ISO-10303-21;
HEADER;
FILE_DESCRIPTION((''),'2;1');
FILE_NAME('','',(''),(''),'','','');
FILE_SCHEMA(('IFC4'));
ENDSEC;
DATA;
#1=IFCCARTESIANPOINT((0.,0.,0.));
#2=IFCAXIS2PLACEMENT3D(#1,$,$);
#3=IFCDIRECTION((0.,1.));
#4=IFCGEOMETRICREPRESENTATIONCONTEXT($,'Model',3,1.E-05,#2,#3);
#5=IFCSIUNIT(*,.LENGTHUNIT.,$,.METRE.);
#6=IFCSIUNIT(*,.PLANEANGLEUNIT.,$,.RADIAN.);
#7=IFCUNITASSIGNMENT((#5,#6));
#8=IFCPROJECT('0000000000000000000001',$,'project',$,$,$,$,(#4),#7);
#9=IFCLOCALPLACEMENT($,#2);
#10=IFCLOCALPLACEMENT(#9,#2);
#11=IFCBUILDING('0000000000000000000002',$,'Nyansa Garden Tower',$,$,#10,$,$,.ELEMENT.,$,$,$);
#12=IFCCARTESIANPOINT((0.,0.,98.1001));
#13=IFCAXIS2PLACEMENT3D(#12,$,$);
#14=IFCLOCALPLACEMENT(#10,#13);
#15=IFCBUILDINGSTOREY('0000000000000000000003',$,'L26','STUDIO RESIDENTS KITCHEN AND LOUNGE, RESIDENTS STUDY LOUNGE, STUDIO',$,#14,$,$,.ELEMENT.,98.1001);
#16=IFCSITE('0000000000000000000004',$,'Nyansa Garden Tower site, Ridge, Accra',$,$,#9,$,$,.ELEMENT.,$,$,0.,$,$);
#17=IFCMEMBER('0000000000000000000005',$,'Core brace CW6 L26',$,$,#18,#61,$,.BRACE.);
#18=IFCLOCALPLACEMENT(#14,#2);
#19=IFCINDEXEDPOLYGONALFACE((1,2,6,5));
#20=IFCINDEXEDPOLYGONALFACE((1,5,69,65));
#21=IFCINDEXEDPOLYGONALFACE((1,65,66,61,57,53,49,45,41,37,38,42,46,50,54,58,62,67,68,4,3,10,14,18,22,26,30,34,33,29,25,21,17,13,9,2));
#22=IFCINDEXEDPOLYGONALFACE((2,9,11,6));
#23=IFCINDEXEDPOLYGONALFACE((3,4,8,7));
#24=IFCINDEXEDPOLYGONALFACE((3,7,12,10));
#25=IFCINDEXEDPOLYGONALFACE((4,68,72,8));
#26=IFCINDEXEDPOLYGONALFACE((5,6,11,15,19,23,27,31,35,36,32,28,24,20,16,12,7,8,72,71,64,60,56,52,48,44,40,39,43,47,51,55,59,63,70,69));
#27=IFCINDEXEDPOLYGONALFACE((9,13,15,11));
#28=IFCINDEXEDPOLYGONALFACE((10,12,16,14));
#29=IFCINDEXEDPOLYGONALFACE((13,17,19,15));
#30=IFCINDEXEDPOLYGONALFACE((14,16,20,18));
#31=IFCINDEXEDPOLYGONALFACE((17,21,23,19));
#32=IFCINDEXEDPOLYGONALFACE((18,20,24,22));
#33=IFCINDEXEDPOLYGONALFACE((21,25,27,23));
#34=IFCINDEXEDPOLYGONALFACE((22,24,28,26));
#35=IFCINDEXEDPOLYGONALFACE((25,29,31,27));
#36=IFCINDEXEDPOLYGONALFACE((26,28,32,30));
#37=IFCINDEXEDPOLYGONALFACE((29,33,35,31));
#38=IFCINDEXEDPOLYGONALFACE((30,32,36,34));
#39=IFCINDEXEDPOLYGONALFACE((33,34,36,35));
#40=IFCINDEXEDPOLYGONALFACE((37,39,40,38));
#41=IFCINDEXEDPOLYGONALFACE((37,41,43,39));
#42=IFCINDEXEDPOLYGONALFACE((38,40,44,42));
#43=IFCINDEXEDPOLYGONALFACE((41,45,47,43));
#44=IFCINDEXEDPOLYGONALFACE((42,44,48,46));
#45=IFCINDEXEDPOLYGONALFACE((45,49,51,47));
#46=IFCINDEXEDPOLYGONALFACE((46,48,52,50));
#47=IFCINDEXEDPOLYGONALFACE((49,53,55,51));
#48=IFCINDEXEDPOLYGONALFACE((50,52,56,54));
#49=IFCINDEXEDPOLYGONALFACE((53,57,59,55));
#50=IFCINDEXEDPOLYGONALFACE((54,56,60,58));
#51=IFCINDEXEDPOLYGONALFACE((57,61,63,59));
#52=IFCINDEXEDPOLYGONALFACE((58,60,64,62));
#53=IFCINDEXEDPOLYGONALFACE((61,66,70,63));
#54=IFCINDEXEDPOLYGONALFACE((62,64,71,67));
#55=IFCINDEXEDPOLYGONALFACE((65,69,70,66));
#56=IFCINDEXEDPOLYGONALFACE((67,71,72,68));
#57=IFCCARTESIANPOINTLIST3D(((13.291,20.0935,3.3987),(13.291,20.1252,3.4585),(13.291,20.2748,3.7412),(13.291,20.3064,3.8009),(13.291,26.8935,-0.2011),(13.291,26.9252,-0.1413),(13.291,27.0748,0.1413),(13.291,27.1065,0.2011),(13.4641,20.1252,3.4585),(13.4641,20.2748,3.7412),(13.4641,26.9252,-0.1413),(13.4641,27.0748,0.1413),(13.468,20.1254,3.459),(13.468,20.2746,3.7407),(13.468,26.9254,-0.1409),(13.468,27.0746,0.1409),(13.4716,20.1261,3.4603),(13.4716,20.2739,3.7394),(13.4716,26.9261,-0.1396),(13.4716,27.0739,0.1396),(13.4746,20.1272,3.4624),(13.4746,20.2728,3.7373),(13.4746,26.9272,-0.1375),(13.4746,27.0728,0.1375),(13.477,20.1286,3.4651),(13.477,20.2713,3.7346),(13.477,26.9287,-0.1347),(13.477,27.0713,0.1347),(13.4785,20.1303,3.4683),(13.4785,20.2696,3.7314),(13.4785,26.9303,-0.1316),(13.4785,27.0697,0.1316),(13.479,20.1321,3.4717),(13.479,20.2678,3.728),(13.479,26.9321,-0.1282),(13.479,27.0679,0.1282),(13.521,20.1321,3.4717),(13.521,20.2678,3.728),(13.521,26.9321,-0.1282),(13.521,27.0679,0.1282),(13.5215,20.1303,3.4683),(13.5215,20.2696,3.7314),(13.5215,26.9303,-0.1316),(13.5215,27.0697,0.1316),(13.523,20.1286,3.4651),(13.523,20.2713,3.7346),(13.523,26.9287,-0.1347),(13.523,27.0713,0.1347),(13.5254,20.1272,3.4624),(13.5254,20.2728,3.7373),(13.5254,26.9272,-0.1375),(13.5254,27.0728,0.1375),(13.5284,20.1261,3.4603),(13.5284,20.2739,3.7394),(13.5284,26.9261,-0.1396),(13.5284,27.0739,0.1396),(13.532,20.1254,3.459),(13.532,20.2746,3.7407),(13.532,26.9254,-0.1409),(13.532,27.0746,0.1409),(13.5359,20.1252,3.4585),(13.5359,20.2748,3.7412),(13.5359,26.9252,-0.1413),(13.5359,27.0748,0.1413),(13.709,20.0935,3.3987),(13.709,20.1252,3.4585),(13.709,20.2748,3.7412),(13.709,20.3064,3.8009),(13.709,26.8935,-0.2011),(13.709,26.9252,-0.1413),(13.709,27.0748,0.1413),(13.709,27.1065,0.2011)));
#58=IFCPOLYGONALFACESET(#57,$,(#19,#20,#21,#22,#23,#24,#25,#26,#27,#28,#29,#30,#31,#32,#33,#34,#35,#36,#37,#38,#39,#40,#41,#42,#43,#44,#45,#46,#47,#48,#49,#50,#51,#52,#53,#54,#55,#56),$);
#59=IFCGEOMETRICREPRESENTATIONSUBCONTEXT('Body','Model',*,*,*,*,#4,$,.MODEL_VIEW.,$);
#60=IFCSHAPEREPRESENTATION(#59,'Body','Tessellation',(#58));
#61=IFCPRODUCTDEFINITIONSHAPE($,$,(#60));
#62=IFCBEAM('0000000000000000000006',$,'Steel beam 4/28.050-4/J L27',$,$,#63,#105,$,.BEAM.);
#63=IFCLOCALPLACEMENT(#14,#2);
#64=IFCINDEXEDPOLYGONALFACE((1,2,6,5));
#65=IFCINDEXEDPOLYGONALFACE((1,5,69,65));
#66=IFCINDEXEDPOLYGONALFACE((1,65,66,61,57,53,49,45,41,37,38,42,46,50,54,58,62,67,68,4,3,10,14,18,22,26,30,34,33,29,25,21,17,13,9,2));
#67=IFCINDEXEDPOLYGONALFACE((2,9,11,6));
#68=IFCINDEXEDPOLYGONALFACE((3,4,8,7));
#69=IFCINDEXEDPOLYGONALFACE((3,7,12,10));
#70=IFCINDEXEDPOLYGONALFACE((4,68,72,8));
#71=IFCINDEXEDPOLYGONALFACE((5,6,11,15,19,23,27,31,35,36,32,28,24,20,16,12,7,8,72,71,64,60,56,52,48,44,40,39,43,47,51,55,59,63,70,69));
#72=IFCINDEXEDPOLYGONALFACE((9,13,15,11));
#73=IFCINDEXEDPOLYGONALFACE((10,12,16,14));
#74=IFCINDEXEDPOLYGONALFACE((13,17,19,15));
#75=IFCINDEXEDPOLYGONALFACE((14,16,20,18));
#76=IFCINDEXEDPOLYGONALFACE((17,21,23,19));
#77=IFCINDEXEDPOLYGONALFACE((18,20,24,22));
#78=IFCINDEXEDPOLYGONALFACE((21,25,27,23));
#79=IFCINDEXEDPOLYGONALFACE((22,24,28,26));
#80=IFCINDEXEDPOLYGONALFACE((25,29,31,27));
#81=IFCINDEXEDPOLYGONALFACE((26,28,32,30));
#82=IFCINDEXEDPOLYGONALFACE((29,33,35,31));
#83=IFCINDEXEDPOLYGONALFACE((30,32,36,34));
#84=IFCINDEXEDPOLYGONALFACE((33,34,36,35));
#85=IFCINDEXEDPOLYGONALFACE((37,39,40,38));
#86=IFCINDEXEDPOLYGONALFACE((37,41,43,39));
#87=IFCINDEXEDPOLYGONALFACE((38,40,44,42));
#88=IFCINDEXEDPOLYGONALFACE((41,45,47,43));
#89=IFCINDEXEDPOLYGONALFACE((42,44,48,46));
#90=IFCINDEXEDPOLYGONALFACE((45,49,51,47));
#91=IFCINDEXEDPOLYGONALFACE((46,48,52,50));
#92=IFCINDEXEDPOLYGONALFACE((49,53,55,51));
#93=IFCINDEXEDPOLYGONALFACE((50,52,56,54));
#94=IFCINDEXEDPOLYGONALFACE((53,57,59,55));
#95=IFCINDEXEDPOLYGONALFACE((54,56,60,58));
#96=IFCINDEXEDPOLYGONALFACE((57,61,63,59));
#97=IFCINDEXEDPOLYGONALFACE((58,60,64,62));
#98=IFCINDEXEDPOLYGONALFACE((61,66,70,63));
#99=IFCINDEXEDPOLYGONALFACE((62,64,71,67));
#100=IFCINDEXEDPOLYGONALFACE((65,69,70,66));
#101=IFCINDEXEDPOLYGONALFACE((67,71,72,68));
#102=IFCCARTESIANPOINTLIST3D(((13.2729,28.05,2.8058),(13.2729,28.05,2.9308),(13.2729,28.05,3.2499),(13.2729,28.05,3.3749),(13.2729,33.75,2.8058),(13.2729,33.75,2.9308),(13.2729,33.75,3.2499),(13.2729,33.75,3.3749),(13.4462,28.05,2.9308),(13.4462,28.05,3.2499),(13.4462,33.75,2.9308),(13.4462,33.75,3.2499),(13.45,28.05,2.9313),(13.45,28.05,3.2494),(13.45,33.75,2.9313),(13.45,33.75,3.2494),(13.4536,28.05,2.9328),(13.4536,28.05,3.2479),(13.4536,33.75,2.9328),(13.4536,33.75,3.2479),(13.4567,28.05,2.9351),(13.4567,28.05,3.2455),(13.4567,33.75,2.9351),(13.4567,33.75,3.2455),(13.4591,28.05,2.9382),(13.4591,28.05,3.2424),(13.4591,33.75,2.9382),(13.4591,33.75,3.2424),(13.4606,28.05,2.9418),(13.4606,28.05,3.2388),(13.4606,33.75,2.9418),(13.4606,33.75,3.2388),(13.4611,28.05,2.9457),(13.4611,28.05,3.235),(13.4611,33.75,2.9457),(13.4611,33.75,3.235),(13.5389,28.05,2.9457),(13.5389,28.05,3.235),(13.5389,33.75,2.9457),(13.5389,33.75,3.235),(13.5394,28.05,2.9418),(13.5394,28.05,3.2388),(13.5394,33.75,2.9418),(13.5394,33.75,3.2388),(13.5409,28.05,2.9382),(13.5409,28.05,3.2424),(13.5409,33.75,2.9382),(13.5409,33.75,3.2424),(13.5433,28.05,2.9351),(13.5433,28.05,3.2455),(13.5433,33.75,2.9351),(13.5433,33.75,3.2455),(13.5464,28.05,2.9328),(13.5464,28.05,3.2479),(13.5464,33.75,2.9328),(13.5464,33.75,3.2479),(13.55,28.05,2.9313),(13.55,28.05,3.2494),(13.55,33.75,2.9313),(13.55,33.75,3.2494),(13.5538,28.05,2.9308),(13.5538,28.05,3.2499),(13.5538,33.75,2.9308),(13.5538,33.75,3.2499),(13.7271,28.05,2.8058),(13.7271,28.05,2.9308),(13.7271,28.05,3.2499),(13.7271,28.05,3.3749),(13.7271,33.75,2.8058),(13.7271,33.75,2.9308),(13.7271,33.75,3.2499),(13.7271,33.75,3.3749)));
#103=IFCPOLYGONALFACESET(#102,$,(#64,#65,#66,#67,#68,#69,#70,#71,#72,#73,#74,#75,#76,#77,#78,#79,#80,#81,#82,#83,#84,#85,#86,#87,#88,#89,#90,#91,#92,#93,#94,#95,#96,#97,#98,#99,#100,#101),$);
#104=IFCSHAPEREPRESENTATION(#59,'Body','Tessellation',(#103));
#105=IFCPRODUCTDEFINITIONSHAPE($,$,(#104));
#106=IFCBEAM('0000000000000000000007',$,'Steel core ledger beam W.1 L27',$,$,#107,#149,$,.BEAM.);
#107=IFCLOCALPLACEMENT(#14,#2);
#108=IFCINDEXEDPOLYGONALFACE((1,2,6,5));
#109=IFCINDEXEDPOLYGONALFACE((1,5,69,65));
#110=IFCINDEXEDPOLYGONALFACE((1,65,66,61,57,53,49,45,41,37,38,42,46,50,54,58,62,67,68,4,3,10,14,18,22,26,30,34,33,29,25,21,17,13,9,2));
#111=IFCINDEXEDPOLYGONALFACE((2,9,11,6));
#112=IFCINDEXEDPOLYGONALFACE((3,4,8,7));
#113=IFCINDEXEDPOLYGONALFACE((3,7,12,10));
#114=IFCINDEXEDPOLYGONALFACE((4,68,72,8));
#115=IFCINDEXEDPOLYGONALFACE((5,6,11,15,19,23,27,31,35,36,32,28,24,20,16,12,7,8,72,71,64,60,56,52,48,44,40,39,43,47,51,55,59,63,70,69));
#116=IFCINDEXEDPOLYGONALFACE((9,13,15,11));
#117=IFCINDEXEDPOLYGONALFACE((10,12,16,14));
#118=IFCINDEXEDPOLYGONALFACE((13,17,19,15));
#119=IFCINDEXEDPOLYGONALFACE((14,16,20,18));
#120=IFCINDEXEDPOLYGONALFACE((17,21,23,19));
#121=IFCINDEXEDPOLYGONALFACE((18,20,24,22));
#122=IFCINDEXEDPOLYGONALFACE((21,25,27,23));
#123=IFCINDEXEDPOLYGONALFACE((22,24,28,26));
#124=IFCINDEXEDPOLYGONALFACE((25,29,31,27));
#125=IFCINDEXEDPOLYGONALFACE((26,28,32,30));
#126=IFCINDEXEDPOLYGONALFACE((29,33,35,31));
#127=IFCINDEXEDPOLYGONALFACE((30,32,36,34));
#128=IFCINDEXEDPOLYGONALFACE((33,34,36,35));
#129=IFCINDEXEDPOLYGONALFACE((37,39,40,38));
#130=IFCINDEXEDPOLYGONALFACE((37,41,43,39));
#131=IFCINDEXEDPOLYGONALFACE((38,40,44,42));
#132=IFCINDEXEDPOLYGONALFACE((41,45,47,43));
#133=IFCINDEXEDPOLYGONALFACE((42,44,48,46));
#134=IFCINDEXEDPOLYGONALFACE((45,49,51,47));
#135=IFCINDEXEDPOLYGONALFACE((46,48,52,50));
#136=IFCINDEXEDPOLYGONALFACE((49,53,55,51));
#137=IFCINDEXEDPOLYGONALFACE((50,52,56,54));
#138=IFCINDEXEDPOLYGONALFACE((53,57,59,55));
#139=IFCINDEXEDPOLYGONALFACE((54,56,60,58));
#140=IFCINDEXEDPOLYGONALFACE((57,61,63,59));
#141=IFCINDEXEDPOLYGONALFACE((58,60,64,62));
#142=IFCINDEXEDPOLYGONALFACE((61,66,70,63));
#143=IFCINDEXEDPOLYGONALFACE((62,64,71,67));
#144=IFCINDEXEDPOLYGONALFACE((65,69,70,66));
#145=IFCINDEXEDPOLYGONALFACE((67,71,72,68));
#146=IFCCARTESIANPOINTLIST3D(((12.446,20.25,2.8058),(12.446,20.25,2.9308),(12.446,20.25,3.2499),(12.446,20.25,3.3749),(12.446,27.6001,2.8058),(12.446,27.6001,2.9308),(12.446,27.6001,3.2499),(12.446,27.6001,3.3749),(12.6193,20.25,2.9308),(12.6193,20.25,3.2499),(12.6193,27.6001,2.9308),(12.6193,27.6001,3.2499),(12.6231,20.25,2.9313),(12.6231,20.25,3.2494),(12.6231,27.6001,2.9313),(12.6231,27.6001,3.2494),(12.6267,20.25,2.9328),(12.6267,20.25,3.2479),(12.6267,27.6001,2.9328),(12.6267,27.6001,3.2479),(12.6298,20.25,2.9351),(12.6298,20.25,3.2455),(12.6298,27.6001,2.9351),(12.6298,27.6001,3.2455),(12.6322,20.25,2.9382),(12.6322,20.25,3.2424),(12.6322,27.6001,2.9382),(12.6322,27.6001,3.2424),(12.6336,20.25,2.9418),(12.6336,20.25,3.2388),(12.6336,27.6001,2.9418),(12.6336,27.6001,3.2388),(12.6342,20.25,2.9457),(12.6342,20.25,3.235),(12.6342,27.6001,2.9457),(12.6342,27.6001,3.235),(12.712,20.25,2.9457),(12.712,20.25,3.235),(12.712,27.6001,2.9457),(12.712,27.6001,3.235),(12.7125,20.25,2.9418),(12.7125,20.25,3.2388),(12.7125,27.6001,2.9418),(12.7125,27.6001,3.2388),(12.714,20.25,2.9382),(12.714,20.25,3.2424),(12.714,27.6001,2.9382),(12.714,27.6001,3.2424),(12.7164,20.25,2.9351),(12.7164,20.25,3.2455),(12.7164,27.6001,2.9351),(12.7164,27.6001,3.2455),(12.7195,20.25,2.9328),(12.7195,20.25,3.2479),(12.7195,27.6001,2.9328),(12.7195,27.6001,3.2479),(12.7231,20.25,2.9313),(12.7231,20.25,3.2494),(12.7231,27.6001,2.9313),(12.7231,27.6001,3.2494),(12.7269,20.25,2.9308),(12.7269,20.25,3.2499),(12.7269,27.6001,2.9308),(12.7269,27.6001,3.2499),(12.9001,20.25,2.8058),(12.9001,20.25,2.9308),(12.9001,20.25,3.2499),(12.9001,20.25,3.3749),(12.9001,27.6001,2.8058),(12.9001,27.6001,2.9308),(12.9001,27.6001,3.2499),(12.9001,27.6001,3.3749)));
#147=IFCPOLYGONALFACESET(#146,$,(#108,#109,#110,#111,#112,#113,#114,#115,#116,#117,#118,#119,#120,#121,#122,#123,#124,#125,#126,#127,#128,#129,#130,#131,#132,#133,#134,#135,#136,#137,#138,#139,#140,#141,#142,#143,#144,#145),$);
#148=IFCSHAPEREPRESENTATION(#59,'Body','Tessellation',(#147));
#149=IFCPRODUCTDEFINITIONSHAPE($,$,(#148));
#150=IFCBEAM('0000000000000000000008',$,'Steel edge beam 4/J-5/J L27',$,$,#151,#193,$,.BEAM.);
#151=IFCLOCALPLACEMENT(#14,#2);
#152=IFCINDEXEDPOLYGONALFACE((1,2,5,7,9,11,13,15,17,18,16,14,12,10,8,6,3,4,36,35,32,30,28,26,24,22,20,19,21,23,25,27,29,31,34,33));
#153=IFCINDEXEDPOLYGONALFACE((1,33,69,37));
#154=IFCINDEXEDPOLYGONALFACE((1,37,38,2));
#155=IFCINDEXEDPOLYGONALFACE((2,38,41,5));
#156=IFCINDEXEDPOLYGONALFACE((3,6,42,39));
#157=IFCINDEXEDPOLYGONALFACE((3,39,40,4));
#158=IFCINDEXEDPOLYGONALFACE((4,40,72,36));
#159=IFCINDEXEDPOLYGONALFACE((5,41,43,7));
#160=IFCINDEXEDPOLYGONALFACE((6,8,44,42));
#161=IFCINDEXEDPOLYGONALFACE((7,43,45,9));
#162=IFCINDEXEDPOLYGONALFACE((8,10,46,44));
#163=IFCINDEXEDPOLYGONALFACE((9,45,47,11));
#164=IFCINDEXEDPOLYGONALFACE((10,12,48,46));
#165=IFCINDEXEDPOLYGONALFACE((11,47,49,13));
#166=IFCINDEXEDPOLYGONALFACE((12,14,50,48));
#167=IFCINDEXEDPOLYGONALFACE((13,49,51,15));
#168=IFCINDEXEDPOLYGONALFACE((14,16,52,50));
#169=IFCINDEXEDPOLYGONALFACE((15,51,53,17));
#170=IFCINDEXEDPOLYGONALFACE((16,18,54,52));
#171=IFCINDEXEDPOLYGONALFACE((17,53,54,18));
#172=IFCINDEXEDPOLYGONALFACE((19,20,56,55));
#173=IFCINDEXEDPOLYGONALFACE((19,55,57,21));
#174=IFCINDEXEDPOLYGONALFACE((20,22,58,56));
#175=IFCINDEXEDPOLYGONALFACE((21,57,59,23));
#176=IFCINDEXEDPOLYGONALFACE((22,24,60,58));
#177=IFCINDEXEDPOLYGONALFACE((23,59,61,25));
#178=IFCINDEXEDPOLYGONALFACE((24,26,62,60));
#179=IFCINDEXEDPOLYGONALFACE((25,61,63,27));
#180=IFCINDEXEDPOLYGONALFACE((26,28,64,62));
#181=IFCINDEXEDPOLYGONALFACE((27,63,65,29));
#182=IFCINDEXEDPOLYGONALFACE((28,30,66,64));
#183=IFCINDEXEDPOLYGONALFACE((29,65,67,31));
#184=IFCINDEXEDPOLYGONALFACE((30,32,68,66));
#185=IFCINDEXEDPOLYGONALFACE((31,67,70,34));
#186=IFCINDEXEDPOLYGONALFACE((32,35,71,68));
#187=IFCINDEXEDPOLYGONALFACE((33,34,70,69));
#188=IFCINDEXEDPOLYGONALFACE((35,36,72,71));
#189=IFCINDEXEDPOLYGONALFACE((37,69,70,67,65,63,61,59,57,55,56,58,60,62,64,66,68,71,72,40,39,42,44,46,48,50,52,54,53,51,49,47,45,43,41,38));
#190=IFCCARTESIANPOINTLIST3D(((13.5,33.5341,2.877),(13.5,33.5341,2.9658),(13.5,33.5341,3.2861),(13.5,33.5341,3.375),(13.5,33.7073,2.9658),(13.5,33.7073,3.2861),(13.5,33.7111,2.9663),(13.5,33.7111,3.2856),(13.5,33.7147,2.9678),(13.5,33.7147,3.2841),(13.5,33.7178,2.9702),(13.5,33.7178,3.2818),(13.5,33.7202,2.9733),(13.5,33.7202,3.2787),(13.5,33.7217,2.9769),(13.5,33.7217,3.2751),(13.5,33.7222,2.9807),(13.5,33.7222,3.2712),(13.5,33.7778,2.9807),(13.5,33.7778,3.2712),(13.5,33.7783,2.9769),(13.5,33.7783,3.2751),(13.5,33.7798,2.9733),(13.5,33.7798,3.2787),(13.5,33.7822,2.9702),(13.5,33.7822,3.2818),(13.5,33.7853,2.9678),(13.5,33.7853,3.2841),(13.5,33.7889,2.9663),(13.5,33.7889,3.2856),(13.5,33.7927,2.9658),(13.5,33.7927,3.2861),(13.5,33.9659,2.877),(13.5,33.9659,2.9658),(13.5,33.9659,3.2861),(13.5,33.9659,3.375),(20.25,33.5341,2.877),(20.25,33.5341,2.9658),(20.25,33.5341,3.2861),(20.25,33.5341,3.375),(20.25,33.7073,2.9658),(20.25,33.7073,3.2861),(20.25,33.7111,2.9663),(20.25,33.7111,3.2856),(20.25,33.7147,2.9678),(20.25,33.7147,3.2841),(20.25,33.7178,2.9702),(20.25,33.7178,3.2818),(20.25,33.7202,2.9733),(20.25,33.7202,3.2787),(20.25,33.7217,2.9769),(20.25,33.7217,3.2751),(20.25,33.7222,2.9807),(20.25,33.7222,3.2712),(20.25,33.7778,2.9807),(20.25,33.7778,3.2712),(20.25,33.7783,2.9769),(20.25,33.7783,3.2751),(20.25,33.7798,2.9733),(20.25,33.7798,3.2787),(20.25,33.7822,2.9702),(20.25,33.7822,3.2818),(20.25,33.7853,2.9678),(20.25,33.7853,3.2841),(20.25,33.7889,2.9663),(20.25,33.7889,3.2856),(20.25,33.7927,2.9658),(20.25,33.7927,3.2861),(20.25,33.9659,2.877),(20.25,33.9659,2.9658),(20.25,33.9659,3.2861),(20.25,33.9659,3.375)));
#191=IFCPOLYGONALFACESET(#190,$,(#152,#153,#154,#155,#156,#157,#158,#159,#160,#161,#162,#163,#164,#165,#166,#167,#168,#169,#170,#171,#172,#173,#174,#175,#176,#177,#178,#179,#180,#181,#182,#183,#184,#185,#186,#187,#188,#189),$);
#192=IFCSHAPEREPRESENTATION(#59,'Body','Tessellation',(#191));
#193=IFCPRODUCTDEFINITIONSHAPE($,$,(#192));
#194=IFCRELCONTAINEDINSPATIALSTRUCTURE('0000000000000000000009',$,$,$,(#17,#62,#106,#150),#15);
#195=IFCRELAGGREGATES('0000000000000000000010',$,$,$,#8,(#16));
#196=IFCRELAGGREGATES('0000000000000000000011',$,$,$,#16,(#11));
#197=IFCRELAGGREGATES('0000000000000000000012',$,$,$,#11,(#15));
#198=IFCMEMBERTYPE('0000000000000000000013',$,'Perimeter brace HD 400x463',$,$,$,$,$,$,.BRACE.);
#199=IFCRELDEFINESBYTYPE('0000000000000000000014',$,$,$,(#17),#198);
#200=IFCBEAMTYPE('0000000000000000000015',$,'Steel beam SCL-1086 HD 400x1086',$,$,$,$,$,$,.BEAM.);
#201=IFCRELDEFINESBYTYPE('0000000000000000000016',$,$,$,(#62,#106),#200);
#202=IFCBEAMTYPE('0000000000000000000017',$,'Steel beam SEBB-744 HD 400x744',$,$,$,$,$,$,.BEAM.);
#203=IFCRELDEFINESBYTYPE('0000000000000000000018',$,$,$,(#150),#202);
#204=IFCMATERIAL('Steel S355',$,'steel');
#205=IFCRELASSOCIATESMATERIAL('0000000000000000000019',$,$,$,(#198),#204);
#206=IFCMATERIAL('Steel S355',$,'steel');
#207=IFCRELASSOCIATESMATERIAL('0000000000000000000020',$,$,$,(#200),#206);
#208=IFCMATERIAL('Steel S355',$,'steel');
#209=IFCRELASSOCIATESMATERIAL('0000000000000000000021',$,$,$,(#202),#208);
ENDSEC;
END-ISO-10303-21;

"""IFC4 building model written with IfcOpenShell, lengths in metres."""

from ifc_helpers import new_model, si_unit, direction, frame, origin, origin_2d, place, context, subcontext, project, spatial, i_section, extrude, material, material_profile, profile_set, type_object, element, save


model = new_model("IFC4")

# Units and contexts
model_context = context("Model", 3, precision=1e-05, world=origin(), true_north=direction((0.0, 1.0)))
body_context = subcontext(model_context, "Body", "Model", "MODEL_VIEW")
ifc_project = project(units=[si_unit("LENGTHUNIT", "METRE"), si_unit("PLANEANGLEUNIT", "RADIAN")], contexts=[model_context])

# Site, building, storey
site_placement = place(None, origin())
site = spatial("IfcSite", under=ifc_project, at=site_placement, Name="Nyansa Garden Tower site, Ridge, Accra", CompositionType="ELEMENT", RefElevation=0.0)
building_placement = place(site_placement, origin())
building = spatial("IfcBuilding", under=site, at=building_placement, Name="Nyansa Garden Tower", CompositionType="ELEMENT")
storey_placement = place(building_placement, frame((0.0, 0.0, 98.1001)))
storey = spatial("IfcBuildingStorey", under=building, at=storey_placement, Name="L26", Description="STUDIO RESIDENTS KITCHEN AND LOUNGE, RESIDENTS STUDY LOUNGE, STUDIO", CompositionType="ELEMENT", Elevation=98.1001)

# Member
ifc_material_1 = material(Name="Steel S355", Category="steel")
ifc_material_profile_1 = material_profile(ifc_material_1, i_section(OverallWidth=0.418, OverallDepth=0.4551, WebThickness=0.042, FlangeThickness=0.0676, FilletRadius=0.0149, at=origin_2d()), Name="HD 400x463")
ifc_profile_set_1 = profile_set([ifc_material_profile_1], Name="Steel S355")
member_type_1 = type_object("IfcMemberType", Name="Perimeter brace HD 400x463", PredefinedType="BRACE", material=ifc_profile_set_1)
member_1_placement = place(storey_placement, frame((13.5, 27.0, 0.0), z_axis=(0.0, -0.883797, 0.46787), x_axis=(1.0, 0.0, 0.0)))
element("IfcMember", 1, at=member_1_placement, inside=storey, type_object=member_type_1, Name="Core brace CW6 L26", PredefinedType="BRACE", context=body_context, shape_type="SweptSolid", body=[
    extrude(i_section(OverallWidth=0.418, OverallDepth=0.4551, WebThickness=0.042, FlangeThickness=0.0676, FilletRadius=0.0149, at=origin_2d()), origin(), (0.0, 0.0, 1.0), 7.6941),
])

# Beams
ifc_material_2 = material(Name="Steel S355", Category="steel")
ifc_material_profile_2 = material_profile(ifc_material_2, i_section(OverallWidth=0.4541, OverallDepth=0.5691, WebThickness=0.0779, FlangeThickness=0.125, FilletRadius=0.0149, at=origin_2d()), Name="HD 400x1086")
ifc_profile_set_2 = profile_set([ifc_material_profile_2], Name="Steel S355")
beam_type_1 = type_object("IfcBeamType", Name="Steel beam SCL-1086 HD 400x1086", PredefinedType="BEAM", material=ifc_profile_set_2)
beam_1_placement = place(storey_placement, frame((13.5, 28.05, 3.0903), z_axis=(0.0, 1.0, 0.0), x_axis=(-1.0, 0.0, 0.0)))
element("IfcBeam", 2, at=beam_1_placement, inside=storey, type_object=beam_type_1, Name="Steel beam 4/28.050-4/J L27", PredefinedType="BEAM", context=body_context, shape_type="SweptSolid", body=[
    extrude(i_section(OverallWidth=0.4541, OverallDepth=0.5691, WebThickness=0.0779, FlangeThickness=0.125, FilletRadius=0.0149, at=origin_2d()), origin(), (0.0, 0.0, 1.0), 5.7),
])
beam_2_placement = place(storey_placement, frame((12.6731, 27.6001, 3.0903), z_axis=(0.0, -1.0, 0.0), x_axis=(1.0, 0.0, 0.0)))
element("IfcBeam", 3, at=beam_2_placement, inside=storey, type_object=beam_type_1, Name="Steel core ledger beam W.1 L27", PredefinedType="BEAM", context=body_context, shape_type="SweptSolid", body=[
    extrude(i_section(OverallWidth=0.4541, OverallDepth=0.5691, WebThickness=0.0779, FlangeThickness=0.125, FilletRadius=0.0149, at=origin_2d()), origin(), (0.0, 0.0, 1.0), 7.3501),
])
ifc_material_3 = material(Name="Steel S355", Category="steel")
ifc_material_profile_3 = material_profile(ifc_material_3, i_section(OverallWidth=0.4319, OverallDepth=0.498, WebThickness=0.0557, FlangeThickness=0.0889, FilletRadius=0.0149, at=origin_2d()), Name="HD 400x744")
ifc_profile_set_3 = profile_set([ifc_material_profile_3], Name="Steel S355")
beam_type_2 = type_object("IfcBeamType", Name="Steel beam SEBB-744 HD 400x744", PredefinedType="BEAM", material=ifc_profile_set_3)
beam_3_placement = place(storey_placement, frame((13.5, 33.75, 3.126), z_axis=(1.0, 0.0, 0.0), x_axis=(0.0, 1.0, 0.0)))
element("IfcBeam", 4, at=beam_3_placement, inside=storey, type_object=beam_type_2, Name="Steel edge beam 4/J-5/J L27", PredefinedType="BEAM", context=body_context, shape_type="SweptSolid", body=[
    extrude(i_section(OverallWidth=0.4319, OverallDepth=0.498, WebThickness=0.0557, FlangeThickness=0.0889, FilletRadius=0.0149, at=origin_2d()), origin(), (0.0, 0.0, 1.0), 6.75),
])

save(model, "model.ifc")
